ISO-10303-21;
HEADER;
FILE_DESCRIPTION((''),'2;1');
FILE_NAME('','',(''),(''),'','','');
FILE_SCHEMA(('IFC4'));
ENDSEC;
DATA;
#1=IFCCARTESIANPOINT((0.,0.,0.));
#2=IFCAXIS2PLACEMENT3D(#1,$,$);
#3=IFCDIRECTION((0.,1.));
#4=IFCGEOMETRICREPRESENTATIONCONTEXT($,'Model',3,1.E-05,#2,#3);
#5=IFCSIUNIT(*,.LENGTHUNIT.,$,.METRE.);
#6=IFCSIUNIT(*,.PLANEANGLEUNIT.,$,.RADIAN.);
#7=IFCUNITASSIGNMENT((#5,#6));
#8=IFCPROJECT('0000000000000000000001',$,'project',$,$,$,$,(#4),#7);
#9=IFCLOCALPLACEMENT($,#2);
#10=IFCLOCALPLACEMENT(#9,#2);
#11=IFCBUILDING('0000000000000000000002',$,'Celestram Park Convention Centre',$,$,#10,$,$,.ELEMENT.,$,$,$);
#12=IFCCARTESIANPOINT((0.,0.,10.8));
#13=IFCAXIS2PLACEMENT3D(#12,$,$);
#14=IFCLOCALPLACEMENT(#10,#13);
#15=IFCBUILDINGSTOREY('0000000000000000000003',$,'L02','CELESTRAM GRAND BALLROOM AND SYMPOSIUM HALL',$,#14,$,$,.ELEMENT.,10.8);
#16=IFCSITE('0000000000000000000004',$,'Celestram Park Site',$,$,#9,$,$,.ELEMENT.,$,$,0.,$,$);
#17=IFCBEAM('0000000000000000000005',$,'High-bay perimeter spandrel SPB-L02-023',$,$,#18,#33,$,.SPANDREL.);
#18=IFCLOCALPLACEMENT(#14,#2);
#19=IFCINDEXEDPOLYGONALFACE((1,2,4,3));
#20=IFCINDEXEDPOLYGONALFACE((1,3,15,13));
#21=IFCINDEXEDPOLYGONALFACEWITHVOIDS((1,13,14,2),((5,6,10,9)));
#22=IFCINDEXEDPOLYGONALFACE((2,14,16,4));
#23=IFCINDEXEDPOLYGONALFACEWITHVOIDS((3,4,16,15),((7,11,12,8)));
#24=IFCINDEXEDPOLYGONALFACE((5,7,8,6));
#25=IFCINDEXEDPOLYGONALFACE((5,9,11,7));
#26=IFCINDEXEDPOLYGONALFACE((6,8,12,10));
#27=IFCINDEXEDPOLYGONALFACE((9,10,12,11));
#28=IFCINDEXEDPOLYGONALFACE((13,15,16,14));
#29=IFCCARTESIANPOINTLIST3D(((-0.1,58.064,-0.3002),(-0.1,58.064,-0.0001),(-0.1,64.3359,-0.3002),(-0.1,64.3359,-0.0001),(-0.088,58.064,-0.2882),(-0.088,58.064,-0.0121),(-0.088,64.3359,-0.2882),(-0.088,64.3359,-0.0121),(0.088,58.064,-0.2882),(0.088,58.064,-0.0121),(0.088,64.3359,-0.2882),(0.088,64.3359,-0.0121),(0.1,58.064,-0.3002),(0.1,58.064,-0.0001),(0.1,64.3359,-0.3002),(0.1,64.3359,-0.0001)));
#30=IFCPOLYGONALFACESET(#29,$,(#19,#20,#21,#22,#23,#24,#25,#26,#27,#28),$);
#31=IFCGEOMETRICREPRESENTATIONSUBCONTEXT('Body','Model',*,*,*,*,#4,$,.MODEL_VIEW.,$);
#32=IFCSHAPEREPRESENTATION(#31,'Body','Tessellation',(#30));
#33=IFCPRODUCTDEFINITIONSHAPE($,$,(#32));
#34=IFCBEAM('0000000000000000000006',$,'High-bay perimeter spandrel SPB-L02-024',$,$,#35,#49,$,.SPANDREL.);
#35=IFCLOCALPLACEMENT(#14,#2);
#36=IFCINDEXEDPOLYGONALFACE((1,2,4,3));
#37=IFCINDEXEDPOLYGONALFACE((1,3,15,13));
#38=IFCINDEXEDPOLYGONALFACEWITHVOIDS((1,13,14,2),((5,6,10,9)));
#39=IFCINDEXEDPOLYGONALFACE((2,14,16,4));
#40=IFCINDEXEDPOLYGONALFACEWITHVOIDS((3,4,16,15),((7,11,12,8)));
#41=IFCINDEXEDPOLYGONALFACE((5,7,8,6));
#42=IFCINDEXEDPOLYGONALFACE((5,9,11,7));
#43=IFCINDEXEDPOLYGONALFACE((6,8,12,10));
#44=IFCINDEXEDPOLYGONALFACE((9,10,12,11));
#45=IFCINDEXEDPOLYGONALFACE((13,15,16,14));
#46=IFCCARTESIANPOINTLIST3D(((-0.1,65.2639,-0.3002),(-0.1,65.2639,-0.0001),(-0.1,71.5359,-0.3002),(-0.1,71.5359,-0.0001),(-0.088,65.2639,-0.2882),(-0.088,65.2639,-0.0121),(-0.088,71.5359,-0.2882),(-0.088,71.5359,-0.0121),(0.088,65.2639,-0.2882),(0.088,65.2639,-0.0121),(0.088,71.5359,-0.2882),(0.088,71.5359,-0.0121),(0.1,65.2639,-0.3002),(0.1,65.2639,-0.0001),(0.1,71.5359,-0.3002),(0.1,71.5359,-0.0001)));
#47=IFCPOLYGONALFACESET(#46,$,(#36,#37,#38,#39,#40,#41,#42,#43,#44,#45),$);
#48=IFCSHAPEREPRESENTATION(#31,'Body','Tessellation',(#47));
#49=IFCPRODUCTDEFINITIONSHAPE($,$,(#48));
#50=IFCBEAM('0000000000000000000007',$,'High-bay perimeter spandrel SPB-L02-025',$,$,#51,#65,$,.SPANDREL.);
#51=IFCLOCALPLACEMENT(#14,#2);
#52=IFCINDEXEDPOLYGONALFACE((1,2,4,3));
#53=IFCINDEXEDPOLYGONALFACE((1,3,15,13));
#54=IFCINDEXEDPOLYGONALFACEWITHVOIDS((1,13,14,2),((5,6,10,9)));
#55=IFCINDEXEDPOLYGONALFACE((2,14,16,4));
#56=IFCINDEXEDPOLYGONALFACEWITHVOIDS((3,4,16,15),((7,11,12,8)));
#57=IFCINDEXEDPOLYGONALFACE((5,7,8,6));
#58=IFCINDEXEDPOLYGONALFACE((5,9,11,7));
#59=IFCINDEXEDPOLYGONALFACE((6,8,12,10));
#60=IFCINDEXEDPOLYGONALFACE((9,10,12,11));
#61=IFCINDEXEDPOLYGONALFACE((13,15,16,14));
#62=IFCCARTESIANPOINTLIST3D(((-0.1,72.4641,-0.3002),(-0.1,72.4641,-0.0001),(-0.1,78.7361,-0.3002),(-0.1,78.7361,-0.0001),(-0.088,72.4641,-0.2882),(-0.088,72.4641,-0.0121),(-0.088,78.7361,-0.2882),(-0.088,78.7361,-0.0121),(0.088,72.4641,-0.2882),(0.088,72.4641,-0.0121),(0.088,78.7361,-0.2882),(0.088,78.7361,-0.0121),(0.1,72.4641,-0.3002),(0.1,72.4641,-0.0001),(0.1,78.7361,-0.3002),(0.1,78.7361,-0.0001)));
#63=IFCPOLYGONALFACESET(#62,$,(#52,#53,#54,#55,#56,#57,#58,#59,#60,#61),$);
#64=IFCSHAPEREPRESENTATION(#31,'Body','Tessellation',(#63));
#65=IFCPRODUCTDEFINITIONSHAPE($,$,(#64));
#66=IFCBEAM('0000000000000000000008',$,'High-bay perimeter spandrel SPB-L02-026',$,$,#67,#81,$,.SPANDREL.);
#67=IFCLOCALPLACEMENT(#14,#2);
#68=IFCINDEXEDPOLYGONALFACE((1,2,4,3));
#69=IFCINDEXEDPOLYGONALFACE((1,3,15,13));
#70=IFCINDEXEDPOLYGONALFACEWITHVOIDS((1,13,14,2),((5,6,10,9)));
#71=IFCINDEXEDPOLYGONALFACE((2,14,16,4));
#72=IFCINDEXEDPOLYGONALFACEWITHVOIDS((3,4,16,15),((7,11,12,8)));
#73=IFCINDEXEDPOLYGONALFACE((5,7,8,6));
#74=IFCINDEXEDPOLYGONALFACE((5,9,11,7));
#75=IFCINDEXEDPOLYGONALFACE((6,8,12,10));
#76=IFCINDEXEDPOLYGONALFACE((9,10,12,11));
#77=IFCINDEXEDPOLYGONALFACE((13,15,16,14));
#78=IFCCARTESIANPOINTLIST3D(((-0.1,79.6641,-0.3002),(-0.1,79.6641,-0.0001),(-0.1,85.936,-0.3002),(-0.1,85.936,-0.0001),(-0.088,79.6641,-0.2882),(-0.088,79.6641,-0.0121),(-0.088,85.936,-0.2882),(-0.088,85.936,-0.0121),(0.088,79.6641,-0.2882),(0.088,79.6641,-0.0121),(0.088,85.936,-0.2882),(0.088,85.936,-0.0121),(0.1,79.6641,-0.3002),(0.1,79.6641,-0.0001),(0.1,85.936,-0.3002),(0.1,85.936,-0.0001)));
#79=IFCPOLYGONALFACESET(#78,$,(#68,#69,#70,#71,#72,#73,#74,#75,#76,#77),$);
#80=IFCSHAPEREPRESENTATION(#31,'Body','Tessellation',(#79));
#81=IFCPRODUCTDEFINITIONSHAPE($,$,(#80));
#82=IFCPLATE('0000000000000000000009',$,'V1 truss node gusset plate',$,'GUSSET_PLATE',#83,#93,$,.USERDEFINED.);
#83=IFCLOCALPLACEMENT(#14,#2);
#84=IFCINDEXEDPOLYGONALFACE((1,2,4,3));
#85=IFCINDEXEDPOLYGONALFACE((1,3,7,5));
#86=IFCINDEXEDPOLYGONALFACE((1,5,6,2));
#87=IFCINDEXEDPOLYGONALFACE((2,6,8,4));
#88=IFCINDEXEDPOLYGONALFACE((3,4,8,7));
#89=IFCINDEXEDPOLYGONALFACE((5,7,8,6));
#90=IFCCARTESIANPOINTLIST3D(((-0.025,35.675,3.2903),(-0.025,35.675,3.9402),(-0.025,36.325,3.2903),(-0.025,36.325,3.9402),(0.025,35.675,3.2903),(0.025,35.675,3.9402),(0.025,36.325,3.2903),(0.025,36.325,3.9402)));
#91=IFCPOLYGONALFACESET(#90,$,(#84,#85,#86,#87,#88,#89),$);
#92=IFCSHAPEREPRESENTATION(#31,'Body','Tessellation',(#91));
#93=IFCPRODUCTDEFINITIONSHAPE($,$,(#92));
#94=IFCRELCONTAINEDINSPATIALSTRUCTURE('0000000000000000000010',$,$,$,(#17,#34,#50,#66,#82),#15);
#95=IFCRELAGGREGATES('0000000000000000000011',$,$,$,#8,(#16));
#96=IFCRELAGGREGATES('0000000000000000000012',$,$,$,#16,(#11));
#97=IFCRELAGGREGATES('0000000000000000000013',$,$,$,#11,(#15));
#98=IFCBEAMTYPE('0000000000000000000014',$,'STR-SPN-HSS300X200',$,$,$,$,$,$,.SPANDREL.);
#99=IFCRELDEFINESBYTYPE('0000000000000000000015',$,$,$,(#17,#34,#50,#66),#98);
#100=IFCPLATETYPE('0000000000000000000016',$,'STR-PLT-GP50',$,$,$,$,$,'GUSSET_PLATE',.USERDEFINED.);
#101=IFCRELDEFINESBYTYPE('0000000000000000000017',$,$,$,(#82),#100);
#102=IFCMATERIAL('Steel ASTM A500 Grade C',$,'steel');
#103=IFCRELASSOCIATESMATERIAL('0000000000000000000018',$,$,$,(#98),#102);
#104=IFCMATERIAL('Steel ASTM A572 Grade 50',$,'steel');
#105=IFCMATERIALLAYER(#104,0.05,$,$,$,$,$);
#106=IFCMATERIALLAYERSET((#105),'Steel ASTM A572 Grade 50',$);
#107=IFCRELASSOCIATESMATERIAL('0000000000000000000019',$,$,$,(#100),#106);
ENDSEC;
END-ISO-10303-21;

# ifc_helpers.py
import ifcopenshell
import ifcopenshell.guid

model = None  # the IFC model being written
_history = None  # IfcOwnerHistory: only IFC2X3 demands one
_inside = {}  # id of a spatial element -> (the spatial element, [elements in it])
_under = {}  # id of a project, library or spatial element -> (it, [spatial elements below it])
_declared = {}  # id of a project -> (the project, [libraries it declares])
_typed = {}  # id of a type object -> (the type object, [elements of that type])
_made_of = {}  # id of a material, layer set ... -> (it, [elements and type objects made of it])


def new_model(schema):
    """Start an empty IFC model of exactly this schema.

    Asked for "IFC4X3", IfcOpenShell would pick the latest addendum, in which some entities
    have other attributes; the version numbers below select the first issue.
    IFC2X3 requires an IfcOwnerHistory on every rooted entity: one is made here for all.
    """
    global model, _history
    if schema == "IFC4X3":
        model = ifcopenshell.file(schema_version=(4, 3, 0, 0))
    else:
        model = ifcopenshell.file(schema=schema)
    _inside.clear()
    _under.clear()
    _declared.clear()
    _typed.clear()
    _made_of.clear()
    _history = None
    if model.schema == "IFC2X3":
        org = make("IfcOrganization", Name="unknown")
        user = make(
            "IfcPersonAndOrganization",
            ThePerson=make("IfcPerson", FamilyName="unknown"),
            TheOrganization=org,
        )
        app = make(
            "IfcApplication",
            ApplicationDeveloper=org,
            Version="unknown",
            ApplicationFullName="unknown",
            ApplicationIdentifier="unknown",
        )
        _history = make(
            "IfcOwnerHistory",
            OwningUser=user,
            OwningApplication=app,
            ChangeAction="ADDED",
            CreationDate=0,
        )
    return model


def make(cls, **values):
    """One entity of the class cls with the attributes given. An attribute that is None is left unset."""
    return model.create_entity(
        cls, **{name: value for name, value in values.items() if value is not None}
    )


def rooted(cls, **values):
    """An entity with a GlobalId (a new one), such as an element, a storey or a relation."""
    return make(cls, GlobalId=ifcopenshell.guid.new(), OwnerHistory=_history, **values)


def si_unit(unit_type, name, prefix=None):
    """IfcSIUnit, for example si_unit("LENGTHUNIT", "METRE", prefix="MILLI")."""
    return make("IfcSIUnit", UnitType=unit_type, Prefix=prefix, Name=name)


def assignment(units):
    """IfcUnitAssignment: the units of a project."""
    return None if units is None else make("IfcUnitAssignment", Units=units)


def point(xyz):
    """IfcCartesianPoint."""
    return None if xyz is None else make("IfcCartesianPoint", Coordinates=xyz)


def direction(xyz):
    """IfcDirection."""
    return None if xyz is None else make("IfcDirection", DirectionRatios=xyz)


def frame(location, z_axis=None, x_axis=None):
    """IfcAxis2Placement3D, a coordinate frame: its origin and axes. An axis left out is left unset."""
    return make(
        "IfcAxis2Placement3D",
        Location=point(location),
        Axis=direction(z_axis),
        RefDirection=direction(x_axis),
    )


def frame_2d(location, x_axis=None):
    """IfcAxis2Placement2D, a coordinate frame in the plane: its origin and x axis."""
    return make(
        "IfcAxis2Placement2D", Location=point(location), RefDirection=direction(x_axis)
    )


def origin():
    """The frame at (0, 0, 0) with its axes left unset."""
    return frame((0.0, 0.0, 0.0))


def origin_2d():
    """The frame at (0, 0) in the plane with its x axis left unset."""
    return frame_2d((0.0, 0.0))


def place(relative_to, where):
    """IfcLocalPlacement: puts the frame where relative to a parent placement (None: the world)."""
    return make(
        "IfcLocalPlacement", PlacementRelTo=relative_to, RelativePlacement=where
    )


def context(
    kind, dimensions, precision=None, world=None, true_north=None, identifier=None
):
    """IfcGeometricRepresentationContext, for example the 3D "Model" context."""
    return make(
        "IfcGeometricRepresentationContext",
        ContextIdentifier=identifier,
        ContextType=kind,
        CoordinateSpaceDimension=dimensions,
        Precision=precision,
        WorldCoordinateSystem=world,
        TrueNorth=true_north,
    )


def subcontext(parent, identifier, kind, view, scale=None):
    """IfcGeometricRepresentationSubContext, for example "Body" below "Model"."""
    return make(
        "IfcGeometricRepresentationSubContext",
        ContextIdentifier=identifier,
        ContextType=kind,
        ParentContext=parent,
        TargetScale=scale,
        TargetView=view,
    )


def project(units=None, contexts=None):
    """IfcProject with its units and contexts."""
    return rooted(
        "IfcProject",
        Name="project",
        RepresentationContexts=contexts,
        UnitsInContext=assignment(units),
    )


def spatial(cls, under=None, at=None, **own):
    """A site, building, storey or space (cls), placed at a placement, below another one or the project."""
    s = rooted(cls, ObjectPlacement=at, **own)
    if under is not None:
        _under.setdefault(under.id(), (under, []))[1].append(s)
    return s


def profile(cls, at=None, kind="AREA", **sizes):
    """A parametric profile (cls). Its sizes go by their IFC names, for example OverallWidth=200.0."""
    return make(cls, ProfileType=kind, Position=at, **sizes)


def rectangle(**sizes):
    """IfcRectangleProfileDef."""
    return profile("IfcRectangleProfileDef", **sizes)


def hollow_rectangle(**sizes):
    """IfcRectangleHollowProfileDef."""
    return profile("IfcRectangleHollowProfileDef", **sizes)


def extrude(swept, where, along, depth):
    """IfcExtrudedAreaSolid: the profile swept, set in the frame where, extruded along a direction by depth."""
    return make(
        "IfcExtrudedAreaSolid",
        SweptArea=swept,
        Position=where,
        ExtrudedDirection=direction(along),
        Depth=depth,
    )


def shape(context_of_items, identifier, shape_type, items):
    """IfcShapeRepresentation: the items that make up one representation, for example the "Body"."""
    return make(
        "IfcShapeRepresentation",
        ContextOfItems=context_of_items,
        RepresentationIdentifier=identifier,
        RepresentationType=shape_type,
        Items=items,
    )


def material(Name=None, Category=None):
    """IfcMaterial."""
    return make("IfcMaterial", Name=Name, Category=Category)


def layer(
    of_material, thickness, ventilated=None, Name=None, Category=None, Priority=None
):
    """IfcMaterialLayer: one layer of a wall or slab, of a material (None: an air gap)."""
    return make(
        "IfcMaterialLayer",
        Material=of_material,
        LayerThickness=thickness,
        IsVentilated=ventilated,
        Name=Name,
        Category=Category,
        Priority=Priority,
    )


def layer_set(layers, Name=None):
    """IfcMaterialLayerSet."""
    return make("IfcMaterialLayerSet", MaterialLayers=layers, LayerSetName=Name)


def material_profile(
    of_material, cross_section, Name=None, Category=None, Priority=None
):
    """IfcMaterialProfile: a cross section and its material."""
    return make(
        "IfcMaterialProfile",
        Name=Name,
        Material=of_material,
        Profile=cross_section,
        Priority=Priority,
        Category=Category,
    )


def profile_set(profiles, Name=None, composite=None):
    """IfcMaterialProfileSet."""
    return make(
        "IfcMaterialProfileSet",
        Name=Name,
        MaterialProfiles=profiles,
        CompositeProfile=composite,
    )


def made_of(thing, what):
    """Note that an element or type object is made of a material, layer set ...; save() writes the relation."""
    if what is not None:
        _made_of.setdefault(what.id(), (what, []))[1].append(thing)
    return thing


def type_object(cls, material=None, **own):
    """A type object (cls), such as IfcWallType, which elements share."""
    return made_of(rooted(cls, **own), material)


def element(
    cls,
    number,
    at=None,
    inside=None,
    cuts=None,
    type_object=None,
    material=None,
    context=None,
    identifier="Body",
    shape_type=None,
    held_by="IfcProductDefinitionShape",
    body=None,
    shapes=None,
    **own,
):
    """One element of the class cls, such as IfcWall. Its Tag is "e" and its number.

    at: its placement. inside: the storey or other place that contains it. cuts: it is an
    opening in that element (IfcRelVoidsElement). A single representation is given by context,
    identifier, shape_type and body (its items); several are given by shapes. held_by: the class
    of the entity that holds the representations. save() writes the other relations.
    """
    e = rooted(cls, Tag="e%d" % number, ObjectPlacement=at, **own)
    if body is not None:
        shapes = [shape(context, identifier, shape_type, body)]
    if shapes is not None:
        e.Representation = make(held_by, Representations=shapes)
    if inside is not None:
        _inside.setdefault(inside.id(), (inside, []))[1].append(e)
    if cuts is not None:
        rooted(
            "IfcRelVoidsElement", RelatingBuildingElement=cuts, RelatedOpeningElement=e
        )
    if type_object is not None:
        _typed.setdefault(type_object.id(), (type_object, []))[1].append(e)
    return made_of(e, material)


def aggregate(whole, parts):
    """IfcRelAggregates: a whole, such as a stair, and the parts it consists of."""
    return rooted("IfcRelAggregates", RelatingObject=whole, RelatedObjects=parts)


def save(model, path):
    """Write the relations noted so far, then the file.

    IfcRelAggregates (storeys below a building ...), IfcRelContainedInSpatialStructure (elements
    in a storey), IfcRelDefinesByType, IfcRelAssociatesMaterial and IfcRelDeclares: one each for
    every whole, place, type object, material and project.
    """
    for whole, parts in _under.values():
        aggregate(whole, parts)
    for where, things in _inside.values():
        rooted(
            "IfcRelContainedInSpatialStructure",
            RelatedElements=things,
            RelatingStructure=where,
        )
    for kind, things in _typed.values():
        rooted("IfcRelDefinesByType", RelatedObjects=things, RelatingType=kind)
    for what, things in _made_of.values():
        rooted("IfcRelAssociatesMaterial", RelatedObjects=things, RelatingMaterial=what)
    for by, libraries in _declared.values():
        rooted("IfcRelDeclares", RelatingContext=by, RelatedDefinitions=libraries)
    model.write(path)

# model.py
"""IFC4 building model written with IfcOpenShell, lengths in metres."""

from ifc_helpers import new_model, si_unit, direction, frame, origin, origin_2d, place, context, subcontext, project, spatial, rectangle, hollow_rectangle, extrude, material, layer, layer_set, material_profile, profile_set, type_object, element, save


model = new_model("IFC4")

# Units and contexts
model_context = context("Model", 3, precision=1e-05, world=origin(), true_north=direction((0.0, 1.0)))
body_context = subcontext(model_context, "Body", "Model", "MODEL_VIEW")
ifc_project = project(units=[si_unit("LENGTHUNIT", "METRE"), si_unit("PLANEANGLEUNIT", "RADIAN")], contexts=[model_context])

# Site, building, storey
site_placement = place(None, origin())
site = spatial("IfcSite", under=ifc_project, at=site_placement, Name="Celestram Park Site", CompositionType="ELEMENT", RefElevation=0.0)
building_placement = place(site_placement, origin())
building = spatial("IfcBuilding", under=site, at=building_placement, Name="Celestram Park Convention Centre", CompositionType="ELEMENT")
storey_placement = place(building_placement, frame((0.0, 0.0, 10.8)))
storey = spatial("IfcBuildingStorey", under=building, at=storey_placement, Name="L02", Description="CELESTRAM GRAND BALLROOM AND SYMPOSIUM HALL", CompositionType="ELEMENT", Elevation=10.8)

# Beams
ifc_material_1 = material(Name="Steel ASTM A500 Grade C", Category="steel")
ifc_material_profile_1 = material_profile(ifc_material_1, hollow_rectangle(XDim=0.2, YDim=0.3, WallThickness=0.012, at=origin_2d()), Name="HSS300X200X12")
ifc_profile_set_1 = profile_set([ifc_material_profile_1], Name="Steel ASTM A500 Grade C")
beam_type_1 = type_object("IfcBeamType", Name="STR-SPN-HSS300X200", PredefinedType="SPANDREL", material=ifc_profile_set_1)
for number, where, z_axis, x_axis, name in (
    (1, (0.0, 58.064, -0.1501), (0.0, 1.0, 0.0), (-1.0, 0.0, 0.0), "High-bay perimeter spandrel SPB-L02-023"),
    (2, (0.0, 65.2639, -0.1501), (0.0, 1.0, 0.0), (-1.0, 0.0, 0.0), "High-bay perimeter spandrel SPB-L02-024"),
    (3, (0.0, 72.4641, -0.1501), (0.0, 1.0, 0.0), (-1.0, 0.0, 0.0), "High-bay perimeter spandrel SPB-L02-025"),
    (4, (0.0, 79.6641, -0.1501), (0.0, 1.0, 0.0), (-1.0, 0.0, 0.0), "High-bay perimeter spandrel SPB-L02-026"),
):
    element("IfcBeam", number, at=place(storey_placement, frame(where, z_axis=z_axis, x_axis=x_axis)), inside=storey, type_object=beam_type_1, Name=name, PredefinedType="SPANDREL", context=body_context, shape_type="SweptSolid", body=[
        extrude(hollow_rectangle(XDim=0.2, YDim=0.3, WallThickness=0.012, at=origin_2d()), origin(), (0.0, 0.0, 1.0), 6.272),
    ])

# Plate
ifc_material_2 = material(Name="Steel ASTM A572 Grade 50", Category="steel")
ifc_layer = layer(ifc_material_2, 0.05)
ifc_layer_set = layer_set([ifc_layer], Name="Steel ASTM A572 Grade 50")
plate_type = type_object("IfcPlateType", Name="STR-PLT-GP50", ElementType="GUSSET_PLATE", PredefinedType="USERDEFINED", material=ifc_layer_set)
plate_placement = place(storey_placement, frame((0.0, 36.0, 3.2903), z_axis=(0.0, 0.0, 1.0), x_axis=(0.0, 1.0, 0.0)))
element("IfcPlate", 5, at=plate_placement, inside=storey, type_object=plate_type, Name="V1 truss node gusset plate", ObjectType="GUSSET_PLATE", PredefinedType="USERDEFINED", context=body_context, shape_type="SweptSolid", body=[
    extrude(rectangle(XDim=0.6499, YDim=0.05, at=origin_2d()), origin(), (0.0, 0.0, 1.0), 0.6499),
])

save(model, "model.ifc")
